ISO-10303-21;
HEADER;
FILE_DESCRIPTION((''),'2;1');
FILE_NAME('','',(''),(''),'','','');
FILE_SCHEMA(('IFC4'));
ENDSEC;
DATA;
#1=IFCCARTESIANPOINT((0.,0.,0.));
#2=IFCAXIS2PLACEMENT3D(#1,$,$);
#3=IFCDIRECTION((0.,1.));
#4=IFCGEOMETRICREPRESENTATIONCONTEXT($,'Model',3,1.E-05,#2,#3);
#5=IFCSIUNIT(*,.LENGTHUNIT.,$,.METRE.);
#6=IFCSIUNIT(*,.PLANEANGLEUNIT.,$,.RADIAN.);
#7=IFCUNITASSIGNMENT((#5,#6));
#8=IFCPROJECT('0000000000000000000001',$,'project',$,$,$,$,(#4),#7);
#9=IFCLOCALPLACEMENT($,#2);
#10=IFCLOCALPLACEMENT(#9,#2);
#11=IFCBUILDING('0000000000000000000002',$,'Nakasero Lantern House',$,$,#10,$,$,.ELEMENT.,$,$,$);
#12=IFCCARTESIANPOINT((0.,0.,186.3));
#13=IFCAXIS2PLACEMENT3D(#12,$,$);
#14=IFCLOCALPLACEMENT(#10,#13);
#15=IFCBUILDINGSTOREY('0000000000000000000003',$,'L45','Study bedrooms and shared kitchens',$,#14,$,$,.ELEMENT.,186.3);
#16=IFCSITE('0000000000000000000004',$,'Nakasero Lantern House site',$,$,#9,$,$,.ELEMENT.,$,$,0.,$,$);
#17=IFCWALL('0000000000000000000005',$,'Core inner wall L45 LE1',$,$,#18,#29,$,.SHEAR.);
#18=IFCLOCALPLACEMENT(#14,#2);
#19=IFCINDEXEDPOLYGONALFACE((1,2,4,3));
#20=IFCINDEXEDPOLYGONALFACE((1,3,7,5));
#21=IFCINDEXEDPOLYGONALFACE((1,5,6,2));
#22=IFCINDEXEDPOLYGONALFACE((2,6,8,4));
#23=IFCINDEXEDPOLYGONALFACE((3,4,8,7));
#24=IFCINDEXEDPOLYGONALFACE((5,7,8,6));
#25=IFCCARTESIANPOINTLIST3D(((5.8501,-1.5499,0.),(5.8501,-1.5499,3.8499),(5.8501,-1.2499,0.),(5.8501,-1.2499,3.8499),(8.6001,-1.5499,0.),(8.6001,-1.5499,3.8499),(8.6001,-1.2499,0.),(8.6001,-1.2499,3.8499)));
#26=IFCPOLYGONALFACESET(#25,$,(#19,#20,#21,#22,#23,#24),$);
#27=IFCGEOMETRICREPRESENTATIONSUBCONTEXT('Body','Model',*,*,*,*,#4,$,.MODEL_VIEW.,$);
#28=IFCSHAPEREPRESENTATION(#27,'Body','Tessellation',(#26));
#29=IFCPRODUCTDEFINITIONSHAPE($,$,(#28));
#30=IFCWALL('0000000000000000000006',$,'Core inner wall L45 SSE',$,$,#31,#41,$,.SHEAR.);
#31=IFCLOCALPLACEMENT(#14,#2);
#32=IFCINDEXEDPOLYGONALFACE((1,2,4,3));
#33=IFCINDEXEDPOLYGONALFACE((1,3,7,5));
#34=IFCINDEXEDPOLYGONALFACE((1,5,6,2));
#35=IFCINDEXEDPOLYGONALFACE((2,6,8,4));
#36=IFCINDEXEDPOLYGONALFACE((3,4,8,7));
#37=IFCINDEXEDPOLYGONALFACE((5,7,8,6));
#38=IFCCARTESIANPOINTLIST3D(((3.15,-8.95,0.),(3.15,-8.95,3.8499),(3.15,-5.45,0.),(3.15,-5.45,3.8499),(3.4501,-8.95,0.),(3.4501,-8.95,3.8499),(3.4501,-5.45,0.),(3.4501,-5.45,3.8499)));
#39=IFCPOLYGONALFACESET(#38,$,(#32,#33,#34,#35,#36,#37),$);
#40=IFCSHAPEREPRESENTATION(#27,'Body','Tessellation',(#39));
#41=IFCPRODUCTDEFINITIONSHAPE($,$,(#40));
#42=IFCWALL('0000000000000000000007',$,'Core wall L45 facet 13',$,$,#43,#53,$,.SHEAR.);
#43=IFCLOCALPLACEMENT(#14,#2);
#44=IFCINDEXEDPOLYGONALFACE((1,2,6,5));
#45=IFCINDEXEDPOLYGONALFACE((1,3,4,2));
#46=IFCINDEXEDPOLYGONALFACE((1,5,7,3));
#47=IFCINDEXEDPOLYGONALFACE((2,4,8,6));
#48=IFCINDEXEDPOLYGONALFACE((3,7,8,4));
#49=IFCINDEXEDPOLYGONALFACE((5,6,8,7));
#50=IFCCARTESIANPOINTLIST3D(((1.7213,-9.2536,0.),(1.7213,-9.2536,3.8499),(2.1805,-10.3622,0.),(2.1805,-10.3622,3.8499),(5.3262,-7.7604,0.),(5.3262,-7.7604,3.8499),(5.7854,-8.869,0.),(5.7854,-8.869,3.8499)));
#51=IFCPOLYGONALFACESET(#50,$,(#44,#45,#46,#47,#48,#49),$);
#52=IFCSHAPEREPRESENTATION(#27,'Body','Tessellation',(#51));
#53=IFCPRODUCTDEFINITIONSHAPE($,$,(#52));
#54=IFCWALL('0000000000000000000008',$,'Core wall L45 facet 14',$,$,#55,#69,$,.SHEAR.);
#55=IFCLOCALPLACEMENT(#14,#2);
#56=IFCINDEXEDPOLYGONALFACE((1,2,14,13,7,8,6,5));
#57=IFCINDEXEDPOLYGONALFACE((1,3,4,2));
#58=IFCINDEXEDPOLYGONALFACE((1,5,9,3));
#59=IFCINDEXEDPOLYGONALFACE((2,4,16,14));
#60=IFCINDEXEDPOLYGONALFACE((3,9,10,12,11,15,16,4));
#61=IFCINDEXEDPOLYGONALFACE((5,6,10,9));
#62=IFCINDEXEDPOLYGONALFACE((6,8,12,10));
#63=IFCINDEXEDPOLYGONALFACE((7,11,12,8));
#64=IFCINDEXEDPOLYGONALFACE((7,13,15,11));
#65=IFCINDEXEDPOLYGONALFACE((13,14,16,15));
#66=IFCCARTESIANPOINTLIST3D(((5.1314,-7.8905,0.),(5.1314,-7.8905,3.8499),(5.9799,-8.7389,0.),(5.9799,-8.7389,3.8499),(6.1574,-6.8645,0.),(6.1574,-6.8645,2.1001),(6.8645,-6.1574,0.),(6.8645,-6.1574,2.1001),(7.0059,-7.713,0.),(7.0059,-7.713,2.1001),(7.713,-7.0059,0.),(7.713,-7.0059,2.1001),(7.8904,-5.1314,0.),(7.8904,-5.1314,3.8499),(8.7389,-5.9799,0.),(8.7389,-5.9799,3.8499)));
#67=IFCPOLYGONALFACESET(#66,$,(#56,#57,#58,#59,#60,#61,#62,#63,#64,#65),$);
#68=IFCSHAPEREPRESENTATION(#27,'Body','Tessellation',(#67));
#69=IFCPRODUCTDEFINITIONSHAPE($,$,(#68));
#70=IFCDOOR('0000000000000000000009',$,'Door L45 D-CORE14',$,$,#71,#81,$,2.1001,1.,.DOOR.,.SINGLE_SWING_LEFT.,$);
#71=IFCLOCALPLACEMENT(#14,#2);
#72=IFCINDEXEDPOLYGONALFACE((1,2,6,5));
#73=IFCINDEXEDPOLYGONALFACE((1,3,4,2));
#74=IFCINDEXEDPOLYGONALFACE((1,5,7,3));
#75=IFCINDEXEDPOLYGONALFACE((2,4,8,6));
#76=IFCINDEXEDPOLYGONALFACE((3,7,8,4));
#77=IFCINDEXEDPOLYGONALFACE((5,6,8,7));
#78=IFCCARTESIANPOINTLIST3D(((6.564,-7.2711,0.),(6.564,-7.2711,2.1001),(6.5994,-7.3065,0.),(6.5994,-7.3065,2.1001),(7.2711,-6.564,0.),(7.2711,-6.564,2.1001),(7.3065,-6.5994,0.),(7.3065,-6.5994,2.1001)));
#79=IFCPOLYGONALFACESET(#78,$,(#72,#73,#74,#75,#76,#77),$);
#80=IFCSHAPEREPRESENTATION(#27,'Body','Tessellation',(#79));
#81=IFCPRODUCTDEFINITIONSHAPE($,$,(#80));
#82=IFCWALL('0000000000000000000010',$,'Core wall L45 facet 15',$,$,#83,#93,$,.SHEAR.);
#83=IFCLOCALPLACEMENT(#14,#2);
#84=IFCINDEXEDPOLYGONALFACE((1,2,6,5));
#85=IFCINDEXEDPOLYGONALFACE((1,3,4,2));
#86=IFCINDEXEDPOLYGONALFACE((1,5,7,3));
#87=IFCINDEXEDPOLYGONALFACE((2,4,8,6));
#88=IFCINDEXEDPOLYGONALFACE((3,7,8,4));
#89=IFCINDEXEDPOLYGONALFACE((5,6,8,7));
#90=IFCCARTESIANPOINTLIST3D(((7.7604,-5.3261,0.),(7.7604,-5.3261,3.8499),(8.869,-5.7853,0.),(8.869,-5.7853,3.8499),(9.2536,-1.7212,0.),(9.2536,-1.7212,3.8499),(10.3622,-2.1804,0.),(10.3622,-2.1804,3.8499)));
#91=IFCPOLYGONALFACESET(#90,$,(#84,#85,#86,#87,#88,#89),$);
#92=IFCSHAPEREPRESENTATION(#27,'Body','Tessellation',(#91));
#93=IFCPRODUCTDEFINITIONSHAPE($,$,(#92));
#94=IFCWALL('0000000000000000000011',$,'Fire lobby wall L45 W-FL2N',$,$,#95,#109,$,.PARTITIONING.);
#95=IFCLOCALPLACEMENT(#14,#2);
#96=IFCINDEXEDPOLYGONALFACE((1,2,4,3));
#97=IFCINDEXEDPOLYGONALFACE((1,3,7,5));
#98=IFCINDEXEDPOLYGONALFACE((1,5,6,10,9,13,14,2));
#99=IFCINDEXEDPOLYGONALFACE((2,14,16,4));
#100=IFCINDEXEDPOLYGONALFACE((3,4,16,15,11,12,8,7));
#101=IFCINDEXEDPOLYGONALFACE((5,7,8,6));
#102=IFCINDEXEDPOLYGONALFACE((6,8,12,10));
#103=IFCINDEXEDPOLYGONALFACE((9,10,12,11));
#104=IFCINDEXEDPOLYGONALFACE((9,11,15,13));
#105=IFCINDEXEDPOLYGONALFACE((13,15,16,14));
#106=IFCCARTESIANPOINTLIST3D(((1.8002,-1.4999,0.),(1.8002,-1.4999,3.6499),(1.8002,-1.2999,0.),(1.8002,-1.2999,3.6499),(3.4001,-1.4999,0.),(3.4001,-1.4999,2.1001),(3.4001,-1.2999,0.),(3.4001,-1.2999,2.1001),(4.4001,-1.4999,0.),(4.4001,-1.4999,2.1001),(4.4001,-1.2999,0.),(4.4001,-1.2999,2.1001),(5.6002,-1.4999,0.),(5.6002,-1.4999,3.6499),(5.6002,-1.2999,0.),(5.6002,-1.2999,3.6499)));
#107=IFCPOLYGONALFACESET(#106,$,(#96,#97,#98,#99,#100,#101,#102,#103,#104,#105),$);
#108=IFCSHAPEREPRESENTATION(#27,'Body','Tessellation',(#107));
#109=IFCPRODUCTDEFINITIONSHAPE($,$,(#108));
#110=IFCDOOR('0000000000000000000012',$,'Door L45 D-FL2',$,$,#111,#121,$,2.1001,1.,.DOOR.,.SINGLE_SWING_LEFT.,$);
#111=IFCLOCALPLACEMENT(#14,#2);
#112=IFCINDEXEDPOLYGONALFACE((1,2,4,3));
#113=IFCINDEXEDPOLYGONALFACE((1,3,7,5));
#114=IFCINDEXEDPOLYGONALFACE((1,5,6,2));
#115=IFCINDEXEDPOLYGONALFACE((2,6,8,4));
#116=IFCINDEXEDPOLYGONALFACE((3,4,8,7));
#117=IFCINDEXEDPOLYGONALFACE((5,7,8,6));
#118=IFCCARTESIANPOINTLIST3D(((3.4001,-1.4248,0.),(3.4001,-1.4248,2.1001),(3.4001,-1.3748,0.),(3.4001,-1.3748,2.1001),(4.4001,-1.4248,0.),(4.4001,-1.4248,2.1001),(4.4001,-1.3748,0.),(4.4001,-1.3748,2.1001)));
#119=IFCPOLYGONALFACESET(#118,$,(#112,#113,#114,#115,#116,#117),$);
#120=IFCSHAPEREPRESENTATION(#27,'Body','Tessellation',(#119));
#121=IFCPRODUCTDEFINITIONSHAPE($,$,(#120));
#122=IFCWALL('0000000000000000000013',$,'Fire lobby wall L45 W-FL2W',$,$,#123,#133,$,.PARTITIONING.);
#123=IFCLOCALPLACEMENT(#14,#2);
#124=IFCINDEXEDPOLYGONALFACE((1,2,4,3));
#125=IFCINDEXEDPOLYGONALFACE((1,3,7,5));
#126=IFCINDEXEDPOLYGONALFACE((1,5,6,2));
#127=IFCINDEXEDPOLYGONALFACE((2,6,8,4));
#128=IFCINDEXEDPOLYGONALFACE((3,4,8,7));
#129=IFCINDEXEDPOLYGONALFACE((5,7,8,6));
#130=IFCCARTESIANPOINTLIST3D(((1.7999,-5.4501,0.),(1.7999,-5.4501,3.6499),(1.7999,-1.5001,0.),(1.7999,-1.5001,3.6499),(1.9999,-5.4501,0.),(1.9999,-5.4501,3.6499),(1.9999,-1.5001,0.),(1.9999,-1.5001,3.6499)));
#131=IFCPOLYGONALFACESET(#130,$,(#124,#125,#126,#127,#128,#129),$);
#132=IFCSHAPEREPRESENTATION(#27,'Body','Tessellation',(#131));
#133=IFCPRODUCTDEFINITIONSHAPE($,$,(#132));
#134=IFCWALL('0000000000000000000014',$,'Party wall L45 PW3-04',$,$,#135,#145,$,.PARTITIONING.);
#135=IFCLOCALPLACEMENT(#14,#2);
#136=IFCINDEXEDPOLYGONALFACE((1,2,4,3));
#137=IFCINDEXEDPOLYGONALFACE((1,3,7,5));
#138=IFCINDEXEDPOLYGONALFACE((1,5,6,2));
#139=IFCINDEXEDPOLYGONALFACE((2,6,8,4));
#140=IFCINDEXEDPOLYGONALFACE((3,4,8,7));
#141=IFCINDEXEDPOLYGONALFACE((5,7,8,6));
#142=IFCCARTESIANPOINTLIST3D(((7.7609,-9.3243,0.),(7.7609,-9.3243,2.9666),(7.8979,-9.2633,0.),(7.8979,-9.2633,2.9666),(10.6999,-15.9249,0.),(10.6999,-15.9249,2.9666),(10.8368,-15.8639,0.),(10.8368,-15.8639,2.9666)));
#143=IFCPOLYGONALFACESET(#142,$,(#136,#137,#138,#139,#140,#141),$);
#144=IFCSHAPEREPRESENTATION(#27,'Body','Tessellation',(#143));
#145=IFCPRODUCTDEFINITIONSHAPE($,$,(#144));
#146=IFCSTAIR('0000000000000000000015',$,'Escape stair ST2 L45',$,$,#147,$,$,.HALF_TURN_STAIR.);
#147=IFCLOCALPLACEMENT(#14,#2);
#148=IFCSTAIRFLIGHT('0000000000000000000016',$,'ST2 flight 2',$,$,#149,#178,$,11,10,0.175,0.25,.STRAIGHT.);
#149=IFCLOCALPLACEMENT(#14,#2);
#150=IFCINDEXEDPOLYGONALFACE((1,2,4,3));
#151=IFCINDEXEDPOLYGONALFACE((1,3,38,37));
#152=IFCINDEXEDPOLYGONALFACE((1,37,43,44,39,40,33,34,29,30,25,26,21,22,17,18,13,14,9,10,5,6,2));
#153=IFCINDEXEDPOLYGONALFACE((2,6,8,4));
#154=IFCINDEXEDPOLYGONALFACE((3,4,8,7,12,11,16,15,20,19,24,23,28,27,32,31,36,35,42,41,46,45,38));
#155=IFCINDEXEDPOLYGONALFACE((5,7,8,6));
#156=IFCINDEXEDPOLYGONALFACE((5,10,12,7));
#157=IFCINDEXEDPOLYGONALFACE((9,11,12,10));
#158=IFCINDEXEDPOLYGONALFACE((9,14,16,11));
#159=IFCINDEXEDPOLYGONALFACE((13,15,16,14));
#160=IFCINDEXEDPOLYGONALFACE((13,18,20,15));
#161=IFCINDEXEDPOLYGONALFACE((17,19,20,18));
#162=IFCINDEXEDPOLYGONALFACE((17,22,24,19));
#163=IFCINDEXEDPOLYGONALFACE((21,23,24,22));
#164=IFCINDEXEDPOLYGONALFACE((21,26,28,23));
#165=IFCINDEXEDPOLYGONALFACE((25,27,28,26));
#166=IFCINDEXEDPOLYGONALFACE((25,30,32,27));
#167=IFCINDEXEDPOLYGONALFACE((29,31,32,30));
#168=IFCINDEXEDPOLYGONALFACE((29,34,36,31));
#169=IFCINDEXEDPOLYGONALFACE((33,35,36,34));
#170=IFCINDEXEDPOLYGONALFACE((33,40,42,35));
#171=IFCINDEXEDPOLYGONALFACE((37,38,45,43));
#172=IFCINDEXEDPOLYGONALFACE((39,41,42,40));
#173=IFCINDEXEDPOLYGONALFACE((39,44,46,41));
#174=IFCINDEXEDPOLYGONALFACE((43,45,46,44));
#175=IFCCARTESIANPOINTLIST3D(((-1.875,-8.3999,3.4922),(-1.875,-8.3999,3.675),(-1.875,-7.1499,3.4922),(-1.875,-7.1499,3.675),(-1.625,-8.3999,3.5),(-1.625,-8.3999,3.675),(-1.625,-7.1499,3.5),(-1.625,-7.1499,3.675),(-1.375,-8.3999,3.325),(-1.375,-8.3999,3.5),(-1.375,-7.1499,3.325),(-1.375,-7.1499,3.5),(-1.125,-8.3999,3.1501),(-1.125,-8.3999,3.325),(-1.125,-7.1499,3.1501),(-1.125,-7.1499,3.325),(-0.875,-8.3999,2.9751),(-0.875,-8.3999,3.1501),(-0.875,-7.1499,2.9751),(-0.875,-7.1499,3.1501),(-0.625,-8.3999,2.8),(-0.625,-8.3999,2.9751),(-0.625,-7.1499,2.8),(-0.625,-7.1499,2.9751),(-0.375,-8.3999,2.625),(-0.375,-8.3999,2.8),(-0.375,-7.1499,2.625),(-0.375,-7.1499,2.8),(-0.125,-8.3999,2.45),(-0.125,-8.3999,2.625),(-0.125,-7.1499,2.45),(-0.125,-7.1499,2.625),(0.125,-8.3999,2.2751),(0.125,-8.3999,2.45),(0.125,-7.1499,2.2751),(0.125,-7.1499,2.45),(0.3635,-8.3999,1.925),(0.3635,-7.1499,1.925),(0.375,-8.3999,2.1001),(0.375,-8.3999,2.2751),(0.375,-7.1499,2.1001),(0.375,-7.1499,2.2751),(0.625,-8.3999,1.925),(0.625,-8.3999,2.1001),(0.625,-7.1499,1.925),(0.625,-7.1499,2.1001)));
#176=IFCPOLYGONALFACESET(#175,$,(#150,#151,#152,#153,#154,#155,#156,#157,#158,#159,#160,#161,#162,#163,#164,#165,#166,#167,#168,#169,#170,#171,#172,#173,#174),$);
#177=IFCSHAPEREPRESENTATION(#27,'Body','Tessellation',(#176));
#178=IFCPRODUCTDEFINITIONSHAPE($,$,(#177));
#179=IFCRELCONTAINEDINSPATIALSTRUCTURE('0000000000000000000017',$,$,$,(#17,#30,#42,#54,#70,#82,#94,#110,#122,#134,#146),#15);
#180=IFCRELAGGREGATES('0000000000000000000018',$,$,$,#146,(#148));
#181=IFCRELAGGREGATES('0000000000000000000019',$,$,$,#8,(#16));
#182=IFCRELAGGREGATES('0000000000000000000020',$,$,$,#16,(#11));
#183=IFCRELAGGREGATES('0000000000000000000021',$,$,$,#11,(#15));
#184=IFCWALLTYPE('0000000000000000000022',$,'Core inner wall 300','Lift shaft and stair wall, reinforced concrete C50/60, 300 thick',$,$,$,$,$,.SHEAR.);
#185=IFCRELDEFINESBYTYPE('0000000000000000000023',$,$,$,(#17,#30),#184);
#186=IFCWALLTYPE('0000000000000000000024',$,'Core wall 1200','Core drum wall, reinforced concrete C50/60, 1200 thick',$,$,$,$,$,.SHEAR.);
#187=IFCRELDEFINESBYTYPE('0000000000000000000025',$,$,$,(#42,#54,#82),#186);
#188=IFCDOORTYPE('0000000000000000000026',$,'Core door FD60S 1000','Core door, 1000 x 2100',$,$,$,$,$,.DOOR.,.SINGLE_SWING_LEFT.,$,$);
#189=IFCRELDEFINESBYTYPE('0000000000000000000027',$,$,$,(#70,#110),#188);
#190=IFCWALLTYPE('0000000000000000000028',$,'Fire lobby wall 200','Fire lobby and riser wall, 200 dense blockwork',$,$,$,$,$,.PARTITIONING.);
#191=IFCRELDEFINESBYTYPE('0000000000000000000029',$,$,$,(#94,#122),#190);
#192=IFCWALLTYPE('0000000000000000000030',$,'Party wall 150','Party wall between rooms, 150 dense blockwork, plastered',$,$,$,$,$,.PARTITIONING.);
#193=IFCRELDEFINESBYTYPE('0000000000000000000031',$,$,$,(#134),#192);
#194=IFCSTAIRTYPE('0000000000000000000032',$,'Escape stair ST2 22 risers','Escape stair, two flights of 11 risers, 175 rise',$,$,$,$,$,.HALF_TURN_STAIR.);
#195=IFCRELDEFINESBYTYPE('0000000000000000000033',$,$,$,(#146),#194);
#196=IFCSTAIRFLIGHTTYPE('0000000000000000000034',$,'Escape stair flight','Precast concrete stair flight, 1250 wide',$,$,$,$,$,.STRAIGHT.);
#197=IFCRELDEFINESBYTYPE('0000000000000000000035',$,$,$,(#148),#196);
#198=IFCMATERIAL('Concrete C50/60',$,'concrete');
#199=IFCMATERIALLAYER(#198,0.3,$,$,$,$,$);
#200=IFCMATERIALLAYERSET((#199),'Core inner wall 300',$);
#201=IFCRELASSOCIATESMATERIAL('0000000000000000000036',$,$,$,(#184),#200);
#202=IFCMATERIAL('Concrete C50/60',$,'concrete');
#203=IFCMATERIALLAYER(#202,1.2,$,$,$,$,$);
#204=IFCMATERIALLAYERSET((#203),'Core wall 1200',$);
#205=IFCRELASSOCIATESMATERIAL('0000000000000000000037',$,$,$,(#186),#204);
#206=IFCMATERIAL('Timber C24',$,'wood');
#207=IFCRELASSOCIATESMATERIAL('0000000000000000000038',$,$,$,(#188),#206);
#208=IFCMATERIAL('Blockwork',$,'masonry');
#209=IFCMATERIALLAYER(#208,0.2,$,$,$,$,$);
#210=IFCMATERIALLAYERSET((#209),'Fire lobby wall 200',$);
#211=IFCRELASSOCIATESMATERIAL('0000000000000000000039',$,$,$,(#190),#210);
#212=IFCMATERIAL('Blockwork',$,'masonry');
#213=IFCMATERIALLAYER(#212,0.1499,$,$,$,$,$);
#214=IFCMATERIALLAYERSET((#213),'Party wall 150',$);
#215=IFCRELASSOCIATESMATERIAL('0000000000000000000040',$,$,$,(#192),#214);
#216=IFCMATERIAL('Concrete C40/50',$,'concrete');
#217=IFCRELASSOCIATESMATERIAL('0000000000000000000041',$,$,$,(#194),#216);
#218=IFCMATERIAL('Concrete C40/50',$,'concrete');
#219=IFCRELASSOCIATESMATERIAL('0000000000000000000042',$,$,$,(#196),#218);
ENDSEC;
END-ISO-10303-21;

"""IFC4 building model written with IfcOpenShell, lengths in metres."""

from ifc_helpers import new_model, si_unit, direction, frame, frame_2d, origin, place, context, subcontext, project, spatial, polyline, rectangle, outline, extrude, material, layer, layer_set, type_object, element, fill, aggregate, save


model = new_model("IFC4")

# Units and contexts
model_context = context("Model", 3, precision=1e-05, world=origin(), true_north=direction((0.0, 1.0)))
body_context = subcontext(model_context, "Body", "Model", "MODEL_VIEW")
ifc_project = project(units=[si_unit("LENGTHUNIT", "METRE"), si_unit("PLANEANGLEUNIT", "RADIAN")], contexts=[model_context])

# Site, building, storey
site_placement = place(None, origin())
site = spatial("IfcSite", under=ifc_project, at=site_placement, Name="Nakasero Lantern House site", CompositionType="ELEMENT", RefElevation=0.0)
building_placement = place(site_placement, origin())
building = spatial("IfcBuilding", under=site, at=building_placement, Name="Nakasero Lantern House", CompositionType="ELEMENT")
storey_placement = place(building_placement, frame((0.0, 0.0, 186.3)))
storey = spatial("IfcBuildingStorey", under=building, at=storey_placement, Name="L45", Description="Study bedrooms and shared kitchens", CompositionType="ELEMENT", Elevation=186.3)

# Shared definitions
ifc_material_1 = material(Name="Concrete C50/60", Category="concrete")
ifc_layer_1 = layer(ifc_material_1, 0.3)
ifc_layer_set_1 = layer_set([ifc_layer_1], Name="Core inner wall 300")
wall_type_1 = type_object("IfcWallType", Name="Core inner wall 300", Description="Lift shaft and stair wall, reinforced concrete C50/60, 300 thick", PredefinedType="SHEAR", material=ifc_layer_set_1)

# Walls
wall_1_placement = place(storey_placement, frame((5.8501, -1.3999, 0.0), z_axis=(0.0, 0.0, 1.0), x_axis=(1.0, 0.0, 0.0)))
element("IfcWall", 1, at=wall_1_placement, inside=storey, type_object=wall_type_1, Name="Core inner wall L45 LE1", PredefinedType="SHEAR", context=body_context, shape_type="SweptSolid", body=[
    extrude(rectangle(XDim=2.75, YDim=0.3, at=frame_2d((1.375, 0.0))), origin(), (0.0, 0.0, 1.0), 3.8499),
])
wall_2_placement = place(storey_placement, frame((3.3, -5.45, 0.0), z_axis=(0.0, 0.0, 1.0), x_axis=(0.0, -1.0, 0.0)))
element("IfcWall", 2, at=wall_2_placement, inside=storey, type_object=wall_type_1, Name="Core inner wall L45 SSE", PredefinedType="SHEAR", context=body_context, shape_type="SweptSolid", body=[
    extrude(rectangle(XDim=3.5, YDim=0.3, at=frame_2d((1.75, 0.0))), origin(), (0.0, 0.0, 1.0), 3.8499),
])
ifc_material_2 = material(Name="Concrete C50/60", Category="concrete")
ifc_layer_2 = layer(ifc_material_2, 1.2)
ifc_layer_set_2 = layer_set([ifc_layer_2], Name="Core wall 1200")
wall_type_2 = type_object("IfcWallType", Name="Core wall 1200", Description="Core drum wall, reinforced concrete C50/60, 1200 thick", PredefinedType="SHEAR", material=ifc_layer_set_2)
wall_3_placement = place(storey_placement, frame((1.9509, -9.8079, 0.0), z_axis=(0.0, 0.0, 1.0), x_axis=(0.923877, 0.382691, 0.0)))
element("IfcWall", 3, at=wall_3_placement, inside=storey, type_object=wall_type_2, Name="Core wall L45 facet 13", PredefinedType="SHEAR", context=body_context, shape_type="SweptSolid", body=[
    extrude(rectangle(XDim=3.9019, YDim=1.2, at=frame_2d((1.9509, 0.0))), origin(), (0.0, 0.0, 1.0), 3.8499),
])

# Wall, opening, door
wall_4_placement = place(storey_placement, frame((5.5557, -8.3147, 0.0), z_axis=(0.0, 0.0, 1.0), x_axis=(0.707107, 0.707107, 0.0)))
wall_4 = element("IfcWall", 4, at=wall_4_placement, inside=storey, type_object=wall_type_2, Name="Core wall L45 facet 14", PredefinedType="SHEAR", context=body_context, shape_type="SweptSolid", body=[
    extrude(rectangle(XDim=3.9019, YDim=1.2, at=frame_2d((1.9509, 0.0))), origin(), (0.0, 0.0, 1.0), 3.8499),
])
opening_1_placement = place(wall_4_placement, frame((1.4509, 0.0, 0.0)))
opening_1 = element("IfcOpeningElement", 5, at=opening_1_placement, cuts=wall_4, PredefinedType="OPENING", context=body_context, shape_type="SweptSolid", body=[
    extrude(rectangle(XDim=1.0, YDim=2.1001, at=frame_2d((0.5, 1.05))), frame((0.0, 0.6199, 0.0), z_axis=(0.0, -1.0, 0.0), x_axis=(1.0, 0.0, 0.0)), (0.0, 0.0, 1.0), 1.24),
])
ifc_material_3 = material(Name="Timber C24", Category="wood")
door_type_1 = type_object("IfcDoorType", Name="Core door FD60S 1000", Description="Core door, 1000 x 2100", OperationType="SINGLE_SWING_LEFT", PredefinedType="DOOR", material=ifc_material_3)
door_1_placement = place(opening_1_placement, origin())
door_1 = element("IfcDoor", 6, at=door_1_placement, inside=storey, type_object=door_type_1, Name="Door L45 D-CORE14", OperationType="SINGLE_SWING_LEFT", OverallHeight=2.1001, OverallWidth=1.0, PredefinedType="DOOR", context=body_context, shape_type="SweptSolid", body=[
    extrude(rectangle(XDim=1.0, YDim=2.1001, at=frame_2d((0.5, 1.05))), frame((0.0, 0.0249, 0.0), z_axis=(0.0, -1.0, 0.0), x_axis=(1.0, 0.0, 0.0)), (0.0, 0.0, 1.0), 0.05),
])
fill(opening_1, door_1)

# Wall
wall_5_placement = place(storey_placement, frame((8.3147, -5.5557, 0.0), z_axis=(0.0, 0.0, 1.0), x_axis=(0.382691, 0.923877, 0.0)))
element("IfcWall", 7, at=wall_5_placement, inside=storey, type_object=wall_type_2, Name="Core wall L45 facet 15", PredefinedType="SHEAR", context=body_context, shape_type="SweptSolid", body=[
    extrude(rectangle(XDim=3.9019, YDim=1.2, at=frame_2d((1.9509, 0.0))), origin(), (0.0, 0.0, 1.0), 3.8499),
])

# Wall, opening, door
ifc_material_4 = material(Name="Blockwork", Category="masonry")
ifc_layer_3 = layer(ifc_material_4, 0.2)
ifc_layer_set_3 = layer_set([ifc_layer_3], Name="Fire lobby wall 200")
wall_type_3 = type_object("IfcWallType", Name="Fire lobby wall 200", Description="Fire lobby and riser wall, 200 dense blockwork", PredefinedType="PARTITIONING", material=ifc_layer_set_3)
wall_6_placement = place(storey_placement, frame((5.6001, -1.3999, 0.0), z_axis=(0.0, 0.0, 1.0), x_axis=(-1.0, 0.0, 0.0)))
wall_6 = element("IfcWall", 8, at=wall_6_placement, inside=storey, type_object=wall_type_3, Name="Fire lobby wall L45 W-FL2N", PredefinedType="PARTITIONING", context=body_context, shape_type="SweptSolid", body=[
    extrude(rectangle(XDim=3.8, YDim=0.2, at=frame_2d((1.8999, 0.0))), origin(), (0.0, 0.0, 1.0), 3.6499),
])
opening_2_placement = place(wall_6_placement, frame((1.2, 0.0, 0.0)))
opening_2 = element("IfcOpeningElement", 9, at=opening_2_placement, cuts=wall_6, PredefinedType="OPENING", context=body_context, shape_type="SweptSolid", body=[
    extrude(rectangle(XDim=1.0, YDim=2.1001, at=frame_2d((0.5, 1.05))), frame((0.0, 0.1199, 0.0), z_axis=(0.0, -1.0, 0.0), x_axis=(1.0, 0.0, 0.0)), (0.0, 0.0, 1.0), 0.24),
])
door_2_placement = place(opening_2_placement, origin())
door_2 = element("IfcDoor", 10, at=door_2_placement, inside=storey, type_object=door_type_1, Name="Door L45 D-FL2", OperationType="SINGLE_SWING_LEFT", OverallHeight=2.1001, OverallWidth=1.0, PredefinedType="DOOR", context=body_context, shape_type="SweptSolid", body=[
    extrude(rectangle(XDim=1.0, YDim=2.1001, at=frame_2d((0.5, 1.05))), frame((0.0, 0.0249, 0.0), z_axis=(0.0, -1.0, 0.0), x_axis=(1.0, 0.0, 0.0)), (0.0, 0.0, 1.0), 0.05),
])
fill(opening_2, door_2)

# Walls
wall_7_placement = place(storey_placement, frame((1.8999, -1.5, 0.0), z_axis=(0.0, 0.0, 1.0), x_axis=(0.0, -1.0, 0.0)))
element("IfcWall", 11, at=wall_7_placement, inside=storey, type_object=wall_type_3, Name="Fire lobby wall L45 W-FL2W", PredefinedType="PARTITIONING", context=body_context, shape_type="SweptSolid", body=[
    extrude(rectangle(XDim=3.95, YDim=0.2, at=frame_2d((1.9751, 0.0))), origin(), (0.0, 0.0, 1.0), 3.6499),
])
ifc_material_5 = material(Name="Blockwork", Category="masonry")
ifc_layer_4 = layer(ifc_material_5, 0.1499)
ifc_layer_set_4 = layer_set([ifc_layer_4], Name="Party wall 150")
wall_type_4 = type_object("IfcWallType", Name="Party wall 150", Description="Party wall between rooms, 150 dense blockwork, plastered", PredefinedType="PARTITIONING", material=ifc_layer_set_4)
wall_8_placement = place(storey_placement, frame((7.8293, -9.2937, 0.0), z_axis=(0.0, 0.0, 1.0), x_axis=(0.406759, -0.913535, 0.0)))
element("IfcWall", 12, at=wall_8_placement, inside=storey, type_object=wall_type_4, Name="Party wall L45 PW3-04", PredefinedType="PARTITIONING", context=body_context, shape_type="SweptSolid", body=[
    extrude(rectangle(XDim=7.2253, YDim=0.1499, at=frame_2d((3.6128, 0.0))), origin(), (0.0, 0.0, 1.0), 2.9666),
])

# Stair, stair flight
ifc_material_6 = material(Name="Concrete C40/50", Category="concrete")
stair_type_1 = type_object("IfcStairType", Name="Escape stair ST2 22 risers", Description="Escape stair, two flights of 11 risers, 175 rise", PredefinedType="HALF_TURN_STAIR", material=ifc_material_6)
stair_1_placement = place(storey_placement, origin())
stair_1 = element("IfcStair", 13, at=stair_1_placement, inside=storey, type_object=stair_type_1, Name="Escape stair ST2 L45", PredefinedType="HALF_TURN_STAIR")
ifc_material_7 = material(Name="Concrete C40/50", Category="concrete")
stair_flight_type = type_object("IfcStairFlightType", Name="Escape stair flight", Description="Precast concrete stair flight, 1250 wide", PredefinedType="STRAIGHT", material=ifc_material_7)
stair_flight_placement = place(storey_placement, frame((0.625, -7.7749, 1.925), z_axis=(0.0, 0.0, 1.0), x_axis=(-1.0, 0.0, 0.0)))
stair_flight = element("IfcStairFlight", 14, at=stair_flight_placement, type_object=stair_flight_type, Name="ST2 flight 2", NumberOfRisers=11, NumberOfTreads=10, PredefinedType="STRAIGHT", RiserHeight=0.175, TreadLength=0.25, context=body_context, shape_type="SweptSolid", body=[
    extrude(outline(polyline([(0.0, 0.0), (0.0, 0.175), (0.25, 0.175), (0.25, 0.3501), (0.5, 0.3501), (0.5, 0.5249), (0.75, 0.5249), (0.75, 0.7), (1.0, 0.7), (1.0, 0.875), (1.25, 0.875), (1.25, 1.05), (1.5, 1.05), (1.5, 1.2251), (1.75, 1.2251), (1.75, 1.3999), (2.0, 1.3999), (2.0, 1.575), (2.25, 1.575), (2.25, 1.75), (2.5, 1.75), (2.5, 1.925), (2.5, 1.5671), (0.2615, 0.0), (0.0, 0.0)])), frame((0.0, 0.625, 0.0), z_axis=(0.0, -1.0, 0.0), x_axis=(1.0, 0.0, 0.0)), (0.0, 0.0, 1.0), 1.25),
])
aggregate(stair_1, [stair_flight])

save(model, "model.ifc")
